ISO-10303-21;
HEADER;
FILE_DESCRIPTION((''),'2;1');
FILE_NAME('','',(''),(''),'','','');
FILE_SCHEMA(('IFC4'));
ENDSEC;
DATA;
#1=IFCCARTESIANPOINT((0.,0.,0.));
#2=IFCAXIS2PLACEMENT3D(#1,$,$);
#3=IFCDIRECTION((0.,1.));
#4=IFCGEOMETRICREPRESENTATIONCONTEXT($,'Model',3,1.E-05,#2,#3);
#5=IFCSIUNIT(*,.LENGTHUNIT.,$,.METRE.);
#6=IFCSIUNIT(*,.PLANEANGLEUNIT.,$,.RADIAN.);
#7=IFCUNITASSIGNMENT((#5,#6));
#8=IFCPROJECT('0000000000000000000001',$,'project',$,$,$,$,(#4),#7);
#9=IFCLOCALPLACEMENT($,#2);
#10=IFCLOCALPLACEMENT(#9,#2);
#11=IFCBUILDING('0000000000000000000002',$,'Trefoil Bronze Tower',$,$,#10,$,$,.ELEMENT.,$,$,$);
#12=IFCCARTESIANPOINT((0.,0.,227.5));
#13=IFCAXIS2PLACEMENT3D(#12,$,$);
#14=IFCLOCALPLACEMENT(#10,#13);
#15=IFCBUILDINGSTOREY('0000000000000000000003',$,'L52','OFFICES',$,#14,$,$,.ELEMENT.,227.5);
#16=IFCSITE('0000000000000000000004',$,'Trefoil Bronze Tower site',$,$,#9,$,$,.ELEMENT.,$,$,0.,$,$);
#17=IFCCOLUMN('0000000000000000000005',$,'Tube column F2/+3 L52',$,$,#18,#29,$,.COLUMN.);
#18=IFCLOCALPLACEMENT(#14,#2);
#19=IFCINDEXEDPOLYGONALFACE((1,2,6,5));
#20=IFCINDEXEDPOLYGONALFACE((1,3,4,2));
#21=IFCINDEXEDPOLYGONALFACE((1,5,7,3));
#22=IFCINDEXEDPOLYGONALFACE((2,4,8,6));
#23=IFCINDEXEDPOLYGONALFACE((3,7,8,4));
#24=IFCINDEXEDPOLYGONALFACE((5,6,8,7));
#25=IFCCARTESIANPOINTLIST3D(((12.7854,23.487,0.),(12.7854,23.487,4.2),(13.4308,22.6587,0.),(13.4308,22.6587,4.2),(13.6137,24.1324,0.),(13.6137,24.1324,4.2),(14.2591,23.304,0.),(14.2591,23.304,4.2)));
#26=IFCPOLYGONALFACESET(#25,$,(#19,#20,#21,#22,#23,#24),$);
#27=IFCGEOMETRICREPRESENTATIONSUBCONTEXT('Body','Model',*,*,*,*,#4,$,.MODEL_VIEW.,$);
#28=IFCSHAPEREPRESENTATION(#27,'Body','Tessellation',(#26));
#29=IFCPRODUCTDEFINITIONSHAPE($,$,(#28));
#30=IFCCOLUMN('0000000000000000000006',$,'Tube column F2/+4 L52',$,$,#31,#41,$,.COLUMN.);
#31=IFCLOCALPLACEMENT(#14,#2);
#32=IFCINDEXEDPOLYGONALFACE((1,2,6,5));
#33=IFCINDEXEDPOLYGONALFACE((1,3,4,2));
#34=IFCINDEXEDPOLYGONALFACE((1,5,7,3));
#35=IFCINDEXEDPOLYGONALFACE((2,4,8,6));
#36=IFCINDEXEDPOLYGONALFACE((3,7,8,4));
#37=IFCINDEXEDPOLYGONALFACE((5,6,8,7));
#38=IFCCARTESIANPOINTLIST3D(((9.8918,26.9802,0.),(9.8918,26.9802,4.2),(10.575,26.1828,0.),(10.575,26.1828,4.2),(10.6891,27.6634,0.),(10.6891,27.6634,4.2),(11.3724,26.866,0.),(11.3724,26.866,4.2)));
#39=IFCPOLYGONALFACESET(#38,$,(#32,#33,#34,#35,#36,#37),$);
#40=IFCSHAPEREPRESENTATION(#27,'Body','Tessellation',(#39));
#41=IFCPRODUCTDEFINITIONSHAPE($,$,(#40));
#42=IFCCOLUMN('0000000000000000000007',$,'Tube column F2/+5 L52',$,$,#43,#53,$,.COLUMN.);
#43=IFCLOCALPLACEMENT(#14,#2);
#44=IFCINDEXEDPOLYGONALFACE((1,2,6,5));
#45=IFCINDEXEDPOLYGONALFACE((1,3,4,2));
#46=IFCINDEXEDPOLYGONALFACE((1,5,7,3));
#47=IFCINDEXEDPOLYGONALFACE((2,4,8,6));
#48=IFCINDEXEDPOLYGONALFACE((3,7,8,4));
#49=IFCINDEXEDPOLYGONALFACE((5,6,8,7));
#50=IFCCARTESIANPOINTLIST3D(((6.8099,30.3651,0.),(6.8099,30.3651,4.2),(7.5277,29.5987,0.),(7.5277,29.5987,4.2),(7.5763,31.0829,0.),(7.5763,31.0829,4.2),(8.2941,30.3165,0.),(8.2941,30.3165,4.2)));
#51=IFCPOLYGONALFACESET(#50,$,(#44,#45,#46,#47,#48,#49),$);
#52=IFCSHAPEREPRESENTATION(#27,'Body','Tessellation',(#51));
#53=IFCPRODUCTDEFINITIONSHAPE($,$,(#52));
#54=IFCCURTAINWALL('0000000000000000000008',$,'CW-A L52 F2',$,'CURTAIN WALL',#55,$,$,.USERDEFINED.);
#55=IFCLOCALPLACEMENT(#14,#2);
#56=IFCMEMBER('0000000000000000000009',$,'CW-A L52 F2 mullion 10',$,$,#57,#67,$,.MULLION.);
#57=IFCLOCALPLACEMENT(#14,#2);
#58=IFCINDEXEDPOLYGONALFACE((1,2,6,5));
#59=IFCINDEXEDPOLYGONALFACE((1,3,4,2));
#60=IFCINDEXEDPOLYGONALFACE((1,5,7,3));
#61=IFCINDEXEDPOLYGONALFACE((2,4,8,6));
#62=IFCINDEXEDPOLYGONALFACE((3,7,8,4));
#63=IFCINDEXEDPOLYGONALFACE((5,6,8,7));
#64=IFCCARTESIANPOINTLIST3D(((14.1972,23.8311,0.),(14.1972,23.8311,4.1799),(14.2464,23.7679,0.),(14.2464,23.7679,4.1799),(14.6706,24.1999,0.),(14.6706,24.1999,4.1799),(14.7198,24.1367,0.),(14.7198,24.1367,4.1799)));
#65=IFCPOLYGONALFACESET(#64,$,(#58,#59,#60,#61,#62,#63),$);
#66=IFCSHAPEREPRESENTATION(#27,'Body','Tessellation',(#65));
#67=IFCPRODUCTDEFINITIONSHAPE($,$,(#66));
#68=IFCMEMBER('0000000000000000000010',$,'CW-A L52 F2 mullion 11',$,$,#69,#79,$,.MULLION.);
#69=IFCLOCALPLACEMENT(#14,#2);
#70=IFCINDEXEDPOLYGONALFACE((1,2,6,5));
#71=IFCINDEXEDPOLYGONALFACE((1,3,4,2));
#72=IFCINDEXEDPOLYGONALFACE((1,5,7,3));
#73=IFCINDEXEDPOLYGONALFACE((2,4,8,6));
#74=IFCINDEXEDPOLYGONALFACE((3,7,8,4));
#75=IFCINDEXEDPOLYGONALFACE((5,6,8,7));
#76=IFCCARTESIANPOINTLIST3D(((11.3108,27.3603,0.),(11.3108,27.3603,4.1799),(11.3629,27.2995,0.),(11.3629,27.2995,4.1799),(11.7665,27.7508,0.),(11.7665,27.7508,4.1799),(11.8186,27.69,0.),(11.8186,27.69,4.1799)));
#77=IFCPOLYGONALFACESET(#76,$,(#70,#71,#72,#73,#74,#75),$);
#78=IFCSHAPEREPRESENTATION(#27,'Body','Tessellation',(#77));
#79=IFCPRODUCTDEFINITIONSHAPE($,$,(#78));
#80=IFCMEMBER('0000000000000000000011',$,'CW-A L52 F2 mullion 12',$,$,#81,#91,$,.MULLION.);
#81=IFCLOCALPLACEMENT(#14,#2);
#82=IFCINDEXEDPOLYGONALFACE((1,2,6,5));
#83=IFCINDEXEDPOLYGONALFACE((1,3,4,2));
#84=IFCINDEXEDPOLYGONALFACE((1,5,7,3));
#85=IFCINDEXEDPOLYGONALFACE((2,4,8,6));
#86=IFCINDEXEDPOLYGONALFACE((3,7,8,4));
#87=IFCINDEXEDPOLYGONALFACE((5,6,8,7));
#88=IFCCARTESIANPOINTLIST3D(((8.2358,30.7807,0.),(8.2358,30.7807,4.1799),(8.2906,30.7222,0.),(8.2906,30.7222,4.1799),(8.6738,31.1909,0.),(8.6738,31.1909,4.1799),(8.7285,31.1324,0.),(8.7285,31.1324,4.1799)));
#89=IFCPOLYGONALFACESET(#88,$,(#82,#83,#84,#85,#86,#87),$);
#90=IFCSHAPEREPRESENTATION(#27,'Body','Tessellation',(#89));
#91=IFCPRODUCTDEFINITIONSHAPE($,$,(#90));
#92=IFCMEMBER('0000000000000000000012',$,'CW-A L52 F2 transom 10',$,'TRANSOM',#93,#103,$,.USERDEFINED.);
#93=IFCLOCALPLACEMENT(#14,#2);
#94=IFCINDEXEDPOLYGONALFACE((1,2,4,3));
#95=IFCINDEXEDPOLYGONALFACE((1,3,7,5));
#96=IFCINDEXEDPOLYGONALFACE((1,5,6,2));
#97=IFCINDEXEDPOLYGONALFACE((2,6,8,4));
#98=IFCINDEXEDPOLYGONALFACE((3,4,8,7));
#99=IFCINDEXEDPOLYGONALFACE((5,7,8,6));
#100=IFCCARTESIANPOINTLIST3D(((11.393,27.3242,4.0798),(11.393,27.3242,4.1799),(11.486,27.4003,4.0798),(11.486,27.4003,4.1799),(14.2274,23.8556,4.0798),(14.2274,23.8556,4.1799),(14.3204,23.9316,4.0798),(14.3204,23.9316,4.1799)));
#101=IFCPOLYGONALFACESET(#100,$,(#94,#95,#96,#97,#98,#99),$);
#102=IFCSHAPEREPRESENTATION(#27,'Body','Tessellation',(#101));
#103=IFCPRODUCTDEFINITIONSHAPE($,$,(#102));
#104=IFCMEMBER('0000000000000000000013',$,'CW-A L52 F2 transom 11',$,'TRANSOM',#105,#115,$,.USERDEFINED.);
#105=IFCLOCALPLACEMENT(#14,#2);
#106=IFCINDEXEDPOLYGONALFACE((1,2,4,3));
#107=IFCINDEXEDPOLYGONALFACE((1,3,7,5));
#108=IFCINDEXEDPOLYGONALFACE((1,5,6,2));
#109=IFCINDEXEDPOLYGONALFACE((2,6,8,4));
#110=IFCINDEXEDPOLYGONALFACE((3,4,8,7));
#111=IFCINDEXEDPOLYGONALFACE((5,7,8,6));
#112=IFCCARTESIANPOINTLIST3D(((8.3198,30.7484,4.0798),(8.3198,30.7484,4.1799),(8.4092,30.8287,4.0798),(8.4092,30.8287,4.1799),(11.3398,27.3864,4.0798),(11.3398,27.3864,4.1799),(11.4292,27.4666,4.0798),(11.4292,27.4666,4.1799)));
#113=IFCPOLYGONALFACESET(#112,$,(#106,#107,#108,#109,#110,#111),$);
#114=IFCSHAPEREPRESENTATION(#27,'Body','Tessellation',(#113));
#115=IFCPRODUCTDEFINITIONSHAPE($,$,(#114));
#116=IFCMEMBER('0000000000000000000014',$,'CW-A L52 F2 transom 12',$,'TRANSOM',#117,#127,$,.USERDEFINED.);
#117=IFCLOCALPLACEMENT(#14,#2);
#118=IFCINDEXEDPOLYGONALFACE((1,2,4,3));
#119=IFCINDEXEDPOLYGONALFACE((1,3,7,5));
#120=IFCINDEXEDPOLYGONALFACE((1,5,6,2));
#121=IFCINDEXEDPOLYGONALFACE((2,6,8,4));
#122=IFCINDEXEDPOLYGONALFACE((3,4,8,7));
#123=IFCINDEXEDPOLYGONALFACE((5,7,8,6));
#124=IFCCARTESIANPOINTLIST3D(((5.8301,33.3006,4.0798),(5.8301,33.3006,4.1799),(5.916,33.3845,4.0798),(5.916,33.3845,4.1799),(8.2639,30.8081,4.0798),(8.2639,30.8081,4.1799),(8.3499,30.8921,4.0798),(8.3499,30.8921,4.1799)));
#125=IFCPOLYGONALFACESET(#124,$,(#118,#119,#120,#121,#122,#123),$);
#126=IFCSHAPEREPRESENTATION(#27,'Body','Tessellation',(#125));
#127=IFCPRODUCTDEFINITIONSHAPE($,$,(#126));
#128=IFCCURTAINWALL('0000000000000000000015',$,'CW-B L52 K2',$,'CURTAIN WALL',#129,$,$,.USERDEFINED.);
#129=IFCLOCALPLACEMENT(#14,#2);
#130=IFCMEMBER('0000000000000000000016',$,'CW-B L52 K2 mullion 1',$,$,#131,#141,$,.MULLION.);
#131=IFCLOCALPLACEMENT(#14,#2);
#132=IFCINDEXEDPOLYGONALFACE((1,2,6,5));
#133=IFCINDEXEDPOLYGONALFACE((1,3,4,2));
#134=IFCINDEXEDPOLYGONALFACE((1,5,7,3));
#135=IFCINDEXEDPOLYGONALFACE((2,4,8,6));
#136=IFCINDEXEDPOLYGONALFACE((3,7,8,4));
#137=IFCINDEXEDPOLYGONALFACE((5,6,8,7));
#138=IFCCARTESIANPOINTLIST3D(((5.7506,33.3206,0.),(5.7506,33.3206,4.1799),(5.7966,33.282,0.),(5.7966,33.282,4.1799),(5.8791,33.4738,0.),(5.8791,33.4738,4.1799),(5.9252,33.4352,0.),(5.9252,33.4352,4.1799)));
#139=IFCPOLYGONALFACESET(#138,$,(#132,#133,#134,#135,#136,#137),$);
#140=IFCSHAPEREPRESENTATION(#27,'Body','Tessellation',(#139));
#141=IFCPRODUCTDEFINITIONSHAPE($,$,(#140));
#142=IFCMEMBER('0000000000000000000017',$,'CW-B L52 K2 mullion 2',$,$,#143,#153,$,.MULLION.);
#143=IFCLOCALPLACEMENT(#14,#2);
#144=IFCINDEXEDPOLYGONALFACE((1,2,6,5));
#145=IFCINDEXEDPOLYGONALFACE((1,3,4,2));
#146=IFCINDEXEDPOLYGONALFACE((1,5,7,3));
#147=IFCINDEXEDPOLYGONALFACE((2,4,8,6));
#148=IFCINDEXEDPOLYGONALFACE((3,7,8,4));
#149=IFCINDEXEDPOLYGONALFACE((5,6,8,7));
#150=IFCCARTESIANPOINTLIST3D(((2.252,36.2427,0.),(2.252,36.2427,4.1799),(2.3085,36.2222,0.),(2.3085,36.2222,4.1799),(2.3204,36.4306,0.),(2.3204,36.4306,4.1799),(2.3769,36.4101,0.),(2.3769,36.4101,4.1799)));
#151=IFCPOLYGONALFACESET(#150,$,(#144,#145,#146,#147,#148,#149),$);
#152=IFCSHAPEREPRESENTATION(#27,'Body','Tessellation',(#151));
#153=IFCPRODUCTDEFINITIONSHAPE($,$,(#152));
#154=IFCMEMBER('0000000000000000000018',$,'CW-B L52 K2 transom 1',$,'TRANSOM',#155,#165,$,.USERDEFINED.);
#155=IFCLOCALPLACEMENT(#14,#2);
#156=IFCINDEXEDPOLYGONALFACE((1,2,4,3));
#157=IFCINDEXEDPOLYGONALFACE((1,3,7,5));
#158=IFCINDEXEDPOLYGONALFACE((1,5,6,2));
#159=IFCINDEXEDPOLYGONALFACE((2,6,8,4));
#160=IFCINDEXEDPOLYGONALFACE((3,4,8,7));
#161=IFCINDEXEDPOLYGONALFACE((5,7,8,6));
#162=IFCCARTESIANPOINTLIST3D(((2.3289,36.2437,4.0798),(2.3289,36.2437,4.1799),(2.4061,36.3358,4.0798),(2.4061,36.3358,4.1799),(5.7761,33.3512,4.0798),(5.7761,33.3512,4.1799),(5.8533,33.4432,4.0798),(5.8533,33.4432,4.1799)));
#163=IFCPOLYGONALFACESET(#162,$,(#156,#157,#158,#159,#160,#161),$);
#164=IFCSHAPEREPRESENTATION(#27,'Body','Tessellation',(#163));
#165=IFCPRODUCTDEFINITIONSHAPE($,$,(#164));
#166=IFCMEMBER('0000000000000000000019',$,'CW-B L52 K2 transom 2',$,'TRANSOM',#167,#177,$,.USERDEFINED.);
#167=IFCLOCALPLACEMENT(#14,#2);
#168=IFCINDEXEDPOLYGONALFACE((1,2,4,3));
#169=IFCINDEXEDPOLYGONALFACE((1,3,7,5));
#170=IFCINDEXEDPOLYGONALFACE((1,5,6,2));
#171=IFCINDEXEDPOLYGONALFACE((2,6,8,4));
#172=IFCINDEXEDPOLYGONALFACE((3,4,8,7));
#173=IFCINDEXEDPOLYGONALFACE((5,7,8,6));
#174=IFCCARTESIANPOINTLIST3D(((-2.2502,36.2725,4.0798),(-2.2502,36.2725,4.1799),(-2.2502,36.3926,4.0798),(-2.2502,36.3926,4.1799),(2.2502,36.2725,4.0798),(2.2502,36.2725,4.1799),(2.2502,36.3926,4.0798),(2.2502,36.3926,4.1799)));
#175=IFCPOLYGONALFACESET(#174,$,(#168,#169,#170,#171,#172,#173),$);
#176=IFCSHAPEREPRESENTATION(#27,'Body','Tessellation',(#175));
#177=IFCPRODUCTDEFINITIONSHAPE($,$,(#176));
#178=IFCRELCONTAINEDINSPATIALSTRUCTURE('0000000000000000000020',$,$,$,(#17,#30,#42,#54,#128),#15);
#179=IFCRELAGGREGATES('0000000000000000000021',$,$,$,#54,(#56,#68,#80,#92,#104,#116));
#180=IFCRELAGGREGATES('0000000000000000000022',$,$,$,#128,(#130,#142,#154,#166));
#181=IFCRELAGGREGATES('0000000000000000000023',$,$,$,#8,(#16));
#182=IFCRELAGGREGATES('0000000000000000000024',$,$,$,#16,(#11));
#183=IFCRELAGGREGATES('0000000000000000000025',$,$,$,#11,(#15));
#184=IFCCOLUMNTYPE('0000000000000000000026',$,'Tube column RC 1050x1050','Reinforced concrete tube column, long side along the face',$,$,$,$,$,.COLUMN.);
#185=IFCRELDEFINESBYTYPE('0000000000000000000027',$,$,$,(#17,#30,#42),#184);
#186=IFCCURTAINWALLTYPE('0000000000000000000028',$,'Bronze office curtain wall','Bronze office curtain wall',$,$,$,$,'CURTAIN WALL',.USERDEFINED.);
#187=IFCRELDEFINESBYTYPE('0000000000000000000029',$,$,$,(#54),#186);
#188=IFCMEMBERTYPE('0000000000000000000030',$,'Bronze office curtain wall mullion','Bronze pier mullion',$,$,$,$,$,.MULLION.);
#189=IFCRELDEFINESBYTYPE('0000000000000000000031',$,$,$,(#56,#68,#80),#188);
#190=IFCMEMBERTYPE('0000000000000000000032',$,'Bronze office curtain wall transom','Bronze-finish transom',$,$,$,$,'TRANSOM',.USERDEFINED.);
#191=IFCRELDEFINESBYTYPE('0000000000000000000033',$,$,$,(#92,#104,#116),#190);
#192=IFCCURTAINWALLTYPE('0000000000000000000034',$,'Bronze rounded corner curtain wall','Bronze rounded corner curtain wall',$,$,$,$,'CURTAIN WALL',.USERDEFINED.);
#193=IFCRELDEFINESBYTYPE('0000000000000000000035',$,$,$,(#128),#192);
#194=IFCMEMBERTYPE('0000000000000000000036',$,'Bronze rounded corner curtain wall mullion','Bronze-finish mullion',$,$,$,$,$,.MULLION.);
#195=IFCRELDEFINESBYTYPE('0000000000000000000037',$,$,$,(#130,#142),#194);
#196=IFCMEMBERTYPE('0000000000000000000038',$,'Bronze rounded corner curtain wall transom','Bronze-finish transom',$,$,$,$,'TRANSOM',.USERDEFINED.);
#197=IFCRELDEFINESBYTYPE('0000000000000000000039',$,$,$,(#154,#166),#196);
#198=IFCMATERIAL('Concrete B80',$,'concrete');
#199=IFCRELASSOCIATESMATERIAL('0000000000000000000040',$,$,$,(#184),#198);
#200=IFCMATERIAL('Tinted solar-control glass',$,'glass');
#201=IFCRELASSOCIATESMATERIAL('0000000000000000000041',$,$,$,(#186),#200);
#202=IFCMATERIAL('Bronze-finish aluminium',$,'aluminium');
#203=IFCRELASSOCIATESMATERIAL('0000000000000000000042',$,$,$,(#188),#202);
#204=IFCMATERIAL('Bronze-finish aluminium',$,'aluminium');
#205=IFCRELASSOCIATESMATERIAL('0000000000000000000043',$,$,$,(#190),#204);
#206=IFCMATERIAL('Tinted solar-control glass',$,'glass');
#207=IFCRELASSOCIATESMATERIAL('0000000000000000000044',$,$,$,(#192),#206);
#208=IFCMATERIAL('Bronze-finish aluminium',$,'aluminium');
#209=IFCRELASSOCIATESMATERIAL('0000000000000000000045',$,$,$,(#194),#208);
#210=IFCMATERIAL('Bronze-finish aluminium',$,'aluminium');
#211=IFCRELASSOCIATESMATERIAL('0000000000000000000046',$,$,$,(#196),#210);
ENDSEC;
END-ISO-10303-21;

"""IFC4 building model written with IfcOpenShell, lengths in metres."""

from ifc_helpers import new_model, si_unit, direction, frame, origin, origin_2d, place, context, subcontext, project, spatial, rectangle, extrude, material, material_profile, profile_set, type_object, element, aggregate, save


model = new_model("IFC4")

# Units and contexts
model_context = context("Model", 3, precision=1e-05, world=origin(), true_north=direction((0.0, 1.0)))
body_context = subcontext(model_context, "Body", "Model", "MODEL_VIEW")
ifc_project = project(units=[si_unit("LENGTHUNIT", "METRE"), si_unit("PLANEANGLEUNIT", "RADIAN")], contexts=[model_context])

# Site, building, storey
site_placement = place(None, origin())
site = spatial("IfcSite", under=ifc_project, at=site_placement, Name="Trefoil Bronze Tower site", CompositionType="ELEMENT", RefElevation=0.0)
building_placement = place(site_placement, origin())
building = spatial("IfcBuilding", under=site, at=building_placement, Name="Trefoil Bronze Tower", CompositionType="ELEMENT")
storey_placement = place(building_placement, frame((0.0, 0.0, 227.5)))
storey = spatial("IfcBuildingStorey", under=building, at=storey_placement, Name="L52", Description="OFFICES", CompositionType="ELEMENT", Elevation=227.5)

# Columns
ifc_material_1 = material(Name="Concrete B80", Category="concrete")
ifc_material_profile_1 = material_profile(ifc_material_1, rectangle(XDim=1.05, YDim=1.05, at=origin_2d()), Name="RC 1050x1050")
ifc_profile_set_1 = profile_set([ifc_material_profile_1], Name="Concrete B80")
column_type = type_object("IfcColumnType", Name="Tube column RC 1050x1050", Description="Reinforced concrete tube column, long side along the face", PredefinedType="COLUMN", material=ifc_profile_set_1)
for number, where, z_axis, x_axis, name in (
    (1, (13.5222, 23.3955, 0.0), (0.0, 0.0, 1.0), (-0.614622, 0.788821, 0.0), "Tube column F2/+3 L52"),
    (2, (10.6321, 26.9231, 0.0), (0.0, 0.0, 1.0), (-0.650677, 0.759355, 0.0), "Tube column F2/+4 L52"),
    (3, (7.552, 30.3408, 0.0), (0.0, 0.0, 1.0), (-0.683597, 0.72986, 0.0), "Tube column F2/+5 L52"),
):
    element("IfcColumn", number, at=place(storey_placement, frame(where, z_axis=z_axis, x_axis=x_axis)), inside=storey, type_object=column_type, Name=name, PredefinedType="COLUMN", context=body_context, shape_type="SweptSolid", body=[
        extrude(rectangle(XDim=1.05, YDim=1.05, at=origin_2d()), origin(), (0.0, 0.0, 1.0), 4.2),
    ])

# Curtain walls, members
ifc_material_2 = material(Name="Tinted solar-control glass", Category="glass")
curtain_wall_type_1 = type_object("IfcCurtainWallType", Name="Bronze office curtain wall", Description="Bronze office curtain wall", ElementType="CURTAIN WALL", PredefinedType="USERDEFINED", material=ifc_material_2)
curtain_wall_1_placement = place(storey_placement, origin())
curtain_wall_1 = element("IfcCurtainWall", 4, at=curtain_wall_1_placement, inside=storey, type_object=curtain_wall_type_1, Name="CW-A L52 F2", ObjectType="CURTAIN WALL", PredefinedType="USERDEFINED")
ifc_material_3 = material(Name="Bronze-finish aluminium", Category="aluminium")
ifc_material_profile_2 = material_profile(ifc_material_3, rectangle(XDim=0.6001, YDim=0.0801, at=origin_2d()), Name="CW-A mullion")
ifc_profile_set_2 = profile_set([ifc_material_profile_2], Name="Bronze-finish aluminium")
member_type_1 = type_object("IfcMemberType", Name="Bronze office curtain wall mullion", Description="Bronze pier mullion", PredefinedType="MULLION", material=ifc_profile_set_2)
member_1_placement = place(storey_placement, frame((14.4585, 23.9839, 0.0), z_axis=(0.0, 0.0, 1.0), x_axis=(-0.788821, -0.614622, 0.0)))
member_1 = element("IfcMember", 5, at=member_1_placement, type_object=member_type_1, Name="CW-A L52 F2 mullion 10", PredefinedType="MULLION", context=body_context, shape_type="SweptSolid", body=[
    extrude(rectangle(XDim=0.6001, YDim=0.0801, at=origin_2d()), origin(), (0.0, 0.0, 1.0), 4.1799),
])
member_2_placement = place(storey_placement, frame((11.5647, 27.5251, 0.0), z_axis=(0.0, 0.0, 1.0), x_axis=(-0.759355, -0.650677, 0.0)))
member_2 = element("IfcMember", 6, at=member_2_placement, type_object=member_type_1, Name="CW-A L52 F2 mullion 11", PredefinedType="MULLION", context=body_context, shape_type="SweptSolid", body=[
    extrude(rectangle(XDim=0.6001, YDim=0.0801, at=origin_2d()), origin(), (0.0, 0.0, 1.0), 4.1799),
])
member_3_placement = place(storey_placement, frame((8.4822, 30.9565, 0.0), z_axis=(0.0, 0.0, 1.0), x_axis=(-0.72986, -0.683597, 0.0)))
member_3 = element("IfcMember", 7, at=member_3_placement, type_object=member_type_1, Name="CW-A L52 F2 mullion 12", PredefinedType="MULLION", context=body_context, shape_type="SweptSolid", body=[
    extrude(rectangle(XDim=0.6001, YDim=0.0801, at=origin_2d()), origin(), (0.0, 0.0, 1.0), 4.1799),
])
ifc_material_4 = material(Name="Bronze-finish aluminium", Category="aluminium")
ifc_material_profile_3 = material_profile(ifc_material_4, rectangle(XDim=0.1201, YDim=0.1001, at=origin_2d()), Name="CW-A transom")
ifc_profile_set_3 = profile_set([ifc_material_profile_3], Name="Bronze-finish aluminium")
member_type_2 = type_object("IfcMemberType", Name="Bronze office curtain wall transom", Description="Bronze-finish transom", ElementType="TRANSOM", PredefinedType="USERDEFINED", material=ifc_profile_set_3)
member_4_placement = place(storey_placement, frame((14.2739, 23.8936, 4.1299), z_axis=(-0.632757, 0.774351, 0.0), x_axis=(-0.774351, -0.632757, 0.0)))
member_4 = element("IfcMember", 8, at=member_4_placement, type_object=member_type_2, Name="CW-A L52 F2 transom 10", ObjectType="TRANSOM", PredefinedType="USERDEFINED", context=body_context, shape_type="SweptSolid", body=[
    extrude(rectangle(XDim=0.1201, YDim=0.1001, at=origin_2d()), origin(), (0.0, 0.0, 1.0), 4.4795),
])
member_5_placement = place(storey_placement, frame((11.3845, 27.4265, 4.1299), z_axis=(-0.668251, 0.743936, 0.0), x_axis=(-0.743936, -0.668251, 0.0)))
member_5 = element("IfcMember", 9, at=member_5_placement, type_object=member_type_2, Name="CW-A L52 F2 transom 11", ObjectType="TRANSOM", PredefinedType="USERDEFINED", context=body_context, shape_type="SweptSolid", body=[
    extrude(rectangle(XDim=0.1201, YDim=0.1001, at=origin_2d()), origin(), (0.0, 0.0, 1.0), 4.5193),
])
member_6_placement = place(storey_placement, frame((8.3069, 30.8501, 4.1299), z_axis=(-0.698647, 0.715467, 0.0), x_axis=(-0.715467, -0.698647, 0.0)))
member_6 = element("IfcMember", 10, at=member_6_placement, type_object=member_type_2, Name="CW-A L52 F2 transom 12", ObjectType="TRANSOM", PredefinedType="USERDEFINED", context=body_context, shape_type="SweptSolid", body=[
    extrude(rectangle(XDim=0.1201, YDim=0.1001, at=origin_2d()), origin(), (0.0, 0.0, 1.0), 3.4836),
])
ifc_material_5 = material(Name="Tinted solar-control glass", Category="glass")
curtain_wall_type_2 = type_object("IfcCurtainWallType", Name="Bronze rounded corner curtain wall", Description="Bronze rounded corner curtain wall", ElementType="CURTAIN WALL", PredefinedType="USERDEFINED", material=ifc_material_5)
curtain_wall_2_placement = place(storey_placement, origin())
curtain_wall_2 = element("IfcCurtainWall", 11, at=curtain_wall_2_placement, inside=storey, type_object=curtain_wall_type_2, Name="CW-B L52 K2", ObjectType="CURTAIN WALL", PredefinedType="USERDEFINED")
ifc_material_6 = material(Name="Bronze-finish aluminium", Category="aluminium")
ifc_material_profile_4 = material_profile(ifc_material_6, rectangle(XDim=0.2, YDim=0.0601, at=origin_2d()), Name="CW-B mullion")
ifc_profile_set_4 = profile_set([ifc_material_profile_4], Name="Bronze-finish aluminium")
member_type_3 = type_object("IfcMemberType", Name="Bronze rounded corner curtain wall mullion", Description="Bronze-finish mullion", PredefinedType="MULLION", material=ifc_profile_set_4)
member_7_placement = place(storey_placement, frame((5.8379, 33.3779, 0.0), z_axis=(0.0, 0.0, 1.0), x_axis=(-0.642788, -0.766044, 0.0)))
member_7 = element("IfcMember", 12, at=member_7_placement, type_object=member_type_3, Name="CW-B L52 K2 mullion 1", PredefinedType="MULLION", context=body_context, shape_type="SweptSolid", body=[
    extrude(rectangle(XDim=0.2, YDim=0.0601, at=origin_2d()), origin(), (0.0, 0.0, 1.0), 4.1799),
])
member_8_placement = place(storey_placement, frame((2.3145, 36.3264, 0.0), z_axis=(0.0, 0.0, 1.0), x_axis=(-0.34202, -0.939693, 0.0)))
member_8 = element("IfcMember", 13, at=member_8_placement, type_object=member_type_3, Name="CW-B L52 K2 mullion 2", PredefinedType="MULLION", context=body_context, shape_type="SweptSolid", body=[
    extrude(rectangle(XDim=0.2, YDim=0.0601, at=origin_2d()), origin(), (0.0, 0.0, 1.0), 4.1799),
])
ifc_material_7 = material(Name="Bronze-finish aluminium", Category="aluminium")
ifc_material_profile_5 = material_profile(ifc_material_7, rectangle(XDim=0.1201, YDim=0.1001, at=origin_2d()), Name="CW-B transom")
ifc_profile_set_5 = profile_set([ifc_material_profile_5], Name="Bronze-finish aluminium")
member_type_4 = type_object("IfcMemberType", Name="Bronze rounded corner curtain wall transom", Description="Bronze-finish transom", ElementType="TRANSOM", PredefinedType="USERDEFINED", material=ifc_profile_set_5)
member_9_placement = place(storey_placement, frame((5.8147, 33.3972, 4.1299), z_axis=(-0.766047, 0.642785, 0.0), x_axis=(-0.642785, -0.766047, 0.0)))
member_9 = element("IfcMember", 14, at=member_9_placement, type_object=member_type_4, Name="CW-B L52 K2 transom 1", ObjectType="TRANSOM", PredefinedType="USERDEFINED", context=body_context, shape_type="SweptSolid", body=[
    extrude(rectangle(XDim=0.1201, YDim=0.1001, at=origin_2d()), origin(), (0.0, 0.0, 1.0), 4.5),
])
member_10_placement = place(storey_placement, frame((2.2502, 36.3325, 4.1299), z_axis=(-1.0, 0.0, 0.0), x_axis=(0.0, -1.0, 0.0)))
member_10 = element("IfcMember", 15, at=member_10_placement, type_object=member_type_4, Name="CW-B L52 K2 transom 2", ObjectType="TRANSOM", PredefinedType="USERDEFINED", context=body_context, shape_type="SweptSolid", body=[
    extrude(rectangle(XDim=0.1201, YDim=0.1001, at=origin_2d()), origin(), (0.0, 0.0, 1.0), 4.5005),
])

aggregate(curtain_wall_1, [member_1, member_2, member_3, member_4, member_5, member_6])
aggregate(curtain_wall_2, [member_7, member_8, member_9, member_10])

save(model, "model.ifc")
